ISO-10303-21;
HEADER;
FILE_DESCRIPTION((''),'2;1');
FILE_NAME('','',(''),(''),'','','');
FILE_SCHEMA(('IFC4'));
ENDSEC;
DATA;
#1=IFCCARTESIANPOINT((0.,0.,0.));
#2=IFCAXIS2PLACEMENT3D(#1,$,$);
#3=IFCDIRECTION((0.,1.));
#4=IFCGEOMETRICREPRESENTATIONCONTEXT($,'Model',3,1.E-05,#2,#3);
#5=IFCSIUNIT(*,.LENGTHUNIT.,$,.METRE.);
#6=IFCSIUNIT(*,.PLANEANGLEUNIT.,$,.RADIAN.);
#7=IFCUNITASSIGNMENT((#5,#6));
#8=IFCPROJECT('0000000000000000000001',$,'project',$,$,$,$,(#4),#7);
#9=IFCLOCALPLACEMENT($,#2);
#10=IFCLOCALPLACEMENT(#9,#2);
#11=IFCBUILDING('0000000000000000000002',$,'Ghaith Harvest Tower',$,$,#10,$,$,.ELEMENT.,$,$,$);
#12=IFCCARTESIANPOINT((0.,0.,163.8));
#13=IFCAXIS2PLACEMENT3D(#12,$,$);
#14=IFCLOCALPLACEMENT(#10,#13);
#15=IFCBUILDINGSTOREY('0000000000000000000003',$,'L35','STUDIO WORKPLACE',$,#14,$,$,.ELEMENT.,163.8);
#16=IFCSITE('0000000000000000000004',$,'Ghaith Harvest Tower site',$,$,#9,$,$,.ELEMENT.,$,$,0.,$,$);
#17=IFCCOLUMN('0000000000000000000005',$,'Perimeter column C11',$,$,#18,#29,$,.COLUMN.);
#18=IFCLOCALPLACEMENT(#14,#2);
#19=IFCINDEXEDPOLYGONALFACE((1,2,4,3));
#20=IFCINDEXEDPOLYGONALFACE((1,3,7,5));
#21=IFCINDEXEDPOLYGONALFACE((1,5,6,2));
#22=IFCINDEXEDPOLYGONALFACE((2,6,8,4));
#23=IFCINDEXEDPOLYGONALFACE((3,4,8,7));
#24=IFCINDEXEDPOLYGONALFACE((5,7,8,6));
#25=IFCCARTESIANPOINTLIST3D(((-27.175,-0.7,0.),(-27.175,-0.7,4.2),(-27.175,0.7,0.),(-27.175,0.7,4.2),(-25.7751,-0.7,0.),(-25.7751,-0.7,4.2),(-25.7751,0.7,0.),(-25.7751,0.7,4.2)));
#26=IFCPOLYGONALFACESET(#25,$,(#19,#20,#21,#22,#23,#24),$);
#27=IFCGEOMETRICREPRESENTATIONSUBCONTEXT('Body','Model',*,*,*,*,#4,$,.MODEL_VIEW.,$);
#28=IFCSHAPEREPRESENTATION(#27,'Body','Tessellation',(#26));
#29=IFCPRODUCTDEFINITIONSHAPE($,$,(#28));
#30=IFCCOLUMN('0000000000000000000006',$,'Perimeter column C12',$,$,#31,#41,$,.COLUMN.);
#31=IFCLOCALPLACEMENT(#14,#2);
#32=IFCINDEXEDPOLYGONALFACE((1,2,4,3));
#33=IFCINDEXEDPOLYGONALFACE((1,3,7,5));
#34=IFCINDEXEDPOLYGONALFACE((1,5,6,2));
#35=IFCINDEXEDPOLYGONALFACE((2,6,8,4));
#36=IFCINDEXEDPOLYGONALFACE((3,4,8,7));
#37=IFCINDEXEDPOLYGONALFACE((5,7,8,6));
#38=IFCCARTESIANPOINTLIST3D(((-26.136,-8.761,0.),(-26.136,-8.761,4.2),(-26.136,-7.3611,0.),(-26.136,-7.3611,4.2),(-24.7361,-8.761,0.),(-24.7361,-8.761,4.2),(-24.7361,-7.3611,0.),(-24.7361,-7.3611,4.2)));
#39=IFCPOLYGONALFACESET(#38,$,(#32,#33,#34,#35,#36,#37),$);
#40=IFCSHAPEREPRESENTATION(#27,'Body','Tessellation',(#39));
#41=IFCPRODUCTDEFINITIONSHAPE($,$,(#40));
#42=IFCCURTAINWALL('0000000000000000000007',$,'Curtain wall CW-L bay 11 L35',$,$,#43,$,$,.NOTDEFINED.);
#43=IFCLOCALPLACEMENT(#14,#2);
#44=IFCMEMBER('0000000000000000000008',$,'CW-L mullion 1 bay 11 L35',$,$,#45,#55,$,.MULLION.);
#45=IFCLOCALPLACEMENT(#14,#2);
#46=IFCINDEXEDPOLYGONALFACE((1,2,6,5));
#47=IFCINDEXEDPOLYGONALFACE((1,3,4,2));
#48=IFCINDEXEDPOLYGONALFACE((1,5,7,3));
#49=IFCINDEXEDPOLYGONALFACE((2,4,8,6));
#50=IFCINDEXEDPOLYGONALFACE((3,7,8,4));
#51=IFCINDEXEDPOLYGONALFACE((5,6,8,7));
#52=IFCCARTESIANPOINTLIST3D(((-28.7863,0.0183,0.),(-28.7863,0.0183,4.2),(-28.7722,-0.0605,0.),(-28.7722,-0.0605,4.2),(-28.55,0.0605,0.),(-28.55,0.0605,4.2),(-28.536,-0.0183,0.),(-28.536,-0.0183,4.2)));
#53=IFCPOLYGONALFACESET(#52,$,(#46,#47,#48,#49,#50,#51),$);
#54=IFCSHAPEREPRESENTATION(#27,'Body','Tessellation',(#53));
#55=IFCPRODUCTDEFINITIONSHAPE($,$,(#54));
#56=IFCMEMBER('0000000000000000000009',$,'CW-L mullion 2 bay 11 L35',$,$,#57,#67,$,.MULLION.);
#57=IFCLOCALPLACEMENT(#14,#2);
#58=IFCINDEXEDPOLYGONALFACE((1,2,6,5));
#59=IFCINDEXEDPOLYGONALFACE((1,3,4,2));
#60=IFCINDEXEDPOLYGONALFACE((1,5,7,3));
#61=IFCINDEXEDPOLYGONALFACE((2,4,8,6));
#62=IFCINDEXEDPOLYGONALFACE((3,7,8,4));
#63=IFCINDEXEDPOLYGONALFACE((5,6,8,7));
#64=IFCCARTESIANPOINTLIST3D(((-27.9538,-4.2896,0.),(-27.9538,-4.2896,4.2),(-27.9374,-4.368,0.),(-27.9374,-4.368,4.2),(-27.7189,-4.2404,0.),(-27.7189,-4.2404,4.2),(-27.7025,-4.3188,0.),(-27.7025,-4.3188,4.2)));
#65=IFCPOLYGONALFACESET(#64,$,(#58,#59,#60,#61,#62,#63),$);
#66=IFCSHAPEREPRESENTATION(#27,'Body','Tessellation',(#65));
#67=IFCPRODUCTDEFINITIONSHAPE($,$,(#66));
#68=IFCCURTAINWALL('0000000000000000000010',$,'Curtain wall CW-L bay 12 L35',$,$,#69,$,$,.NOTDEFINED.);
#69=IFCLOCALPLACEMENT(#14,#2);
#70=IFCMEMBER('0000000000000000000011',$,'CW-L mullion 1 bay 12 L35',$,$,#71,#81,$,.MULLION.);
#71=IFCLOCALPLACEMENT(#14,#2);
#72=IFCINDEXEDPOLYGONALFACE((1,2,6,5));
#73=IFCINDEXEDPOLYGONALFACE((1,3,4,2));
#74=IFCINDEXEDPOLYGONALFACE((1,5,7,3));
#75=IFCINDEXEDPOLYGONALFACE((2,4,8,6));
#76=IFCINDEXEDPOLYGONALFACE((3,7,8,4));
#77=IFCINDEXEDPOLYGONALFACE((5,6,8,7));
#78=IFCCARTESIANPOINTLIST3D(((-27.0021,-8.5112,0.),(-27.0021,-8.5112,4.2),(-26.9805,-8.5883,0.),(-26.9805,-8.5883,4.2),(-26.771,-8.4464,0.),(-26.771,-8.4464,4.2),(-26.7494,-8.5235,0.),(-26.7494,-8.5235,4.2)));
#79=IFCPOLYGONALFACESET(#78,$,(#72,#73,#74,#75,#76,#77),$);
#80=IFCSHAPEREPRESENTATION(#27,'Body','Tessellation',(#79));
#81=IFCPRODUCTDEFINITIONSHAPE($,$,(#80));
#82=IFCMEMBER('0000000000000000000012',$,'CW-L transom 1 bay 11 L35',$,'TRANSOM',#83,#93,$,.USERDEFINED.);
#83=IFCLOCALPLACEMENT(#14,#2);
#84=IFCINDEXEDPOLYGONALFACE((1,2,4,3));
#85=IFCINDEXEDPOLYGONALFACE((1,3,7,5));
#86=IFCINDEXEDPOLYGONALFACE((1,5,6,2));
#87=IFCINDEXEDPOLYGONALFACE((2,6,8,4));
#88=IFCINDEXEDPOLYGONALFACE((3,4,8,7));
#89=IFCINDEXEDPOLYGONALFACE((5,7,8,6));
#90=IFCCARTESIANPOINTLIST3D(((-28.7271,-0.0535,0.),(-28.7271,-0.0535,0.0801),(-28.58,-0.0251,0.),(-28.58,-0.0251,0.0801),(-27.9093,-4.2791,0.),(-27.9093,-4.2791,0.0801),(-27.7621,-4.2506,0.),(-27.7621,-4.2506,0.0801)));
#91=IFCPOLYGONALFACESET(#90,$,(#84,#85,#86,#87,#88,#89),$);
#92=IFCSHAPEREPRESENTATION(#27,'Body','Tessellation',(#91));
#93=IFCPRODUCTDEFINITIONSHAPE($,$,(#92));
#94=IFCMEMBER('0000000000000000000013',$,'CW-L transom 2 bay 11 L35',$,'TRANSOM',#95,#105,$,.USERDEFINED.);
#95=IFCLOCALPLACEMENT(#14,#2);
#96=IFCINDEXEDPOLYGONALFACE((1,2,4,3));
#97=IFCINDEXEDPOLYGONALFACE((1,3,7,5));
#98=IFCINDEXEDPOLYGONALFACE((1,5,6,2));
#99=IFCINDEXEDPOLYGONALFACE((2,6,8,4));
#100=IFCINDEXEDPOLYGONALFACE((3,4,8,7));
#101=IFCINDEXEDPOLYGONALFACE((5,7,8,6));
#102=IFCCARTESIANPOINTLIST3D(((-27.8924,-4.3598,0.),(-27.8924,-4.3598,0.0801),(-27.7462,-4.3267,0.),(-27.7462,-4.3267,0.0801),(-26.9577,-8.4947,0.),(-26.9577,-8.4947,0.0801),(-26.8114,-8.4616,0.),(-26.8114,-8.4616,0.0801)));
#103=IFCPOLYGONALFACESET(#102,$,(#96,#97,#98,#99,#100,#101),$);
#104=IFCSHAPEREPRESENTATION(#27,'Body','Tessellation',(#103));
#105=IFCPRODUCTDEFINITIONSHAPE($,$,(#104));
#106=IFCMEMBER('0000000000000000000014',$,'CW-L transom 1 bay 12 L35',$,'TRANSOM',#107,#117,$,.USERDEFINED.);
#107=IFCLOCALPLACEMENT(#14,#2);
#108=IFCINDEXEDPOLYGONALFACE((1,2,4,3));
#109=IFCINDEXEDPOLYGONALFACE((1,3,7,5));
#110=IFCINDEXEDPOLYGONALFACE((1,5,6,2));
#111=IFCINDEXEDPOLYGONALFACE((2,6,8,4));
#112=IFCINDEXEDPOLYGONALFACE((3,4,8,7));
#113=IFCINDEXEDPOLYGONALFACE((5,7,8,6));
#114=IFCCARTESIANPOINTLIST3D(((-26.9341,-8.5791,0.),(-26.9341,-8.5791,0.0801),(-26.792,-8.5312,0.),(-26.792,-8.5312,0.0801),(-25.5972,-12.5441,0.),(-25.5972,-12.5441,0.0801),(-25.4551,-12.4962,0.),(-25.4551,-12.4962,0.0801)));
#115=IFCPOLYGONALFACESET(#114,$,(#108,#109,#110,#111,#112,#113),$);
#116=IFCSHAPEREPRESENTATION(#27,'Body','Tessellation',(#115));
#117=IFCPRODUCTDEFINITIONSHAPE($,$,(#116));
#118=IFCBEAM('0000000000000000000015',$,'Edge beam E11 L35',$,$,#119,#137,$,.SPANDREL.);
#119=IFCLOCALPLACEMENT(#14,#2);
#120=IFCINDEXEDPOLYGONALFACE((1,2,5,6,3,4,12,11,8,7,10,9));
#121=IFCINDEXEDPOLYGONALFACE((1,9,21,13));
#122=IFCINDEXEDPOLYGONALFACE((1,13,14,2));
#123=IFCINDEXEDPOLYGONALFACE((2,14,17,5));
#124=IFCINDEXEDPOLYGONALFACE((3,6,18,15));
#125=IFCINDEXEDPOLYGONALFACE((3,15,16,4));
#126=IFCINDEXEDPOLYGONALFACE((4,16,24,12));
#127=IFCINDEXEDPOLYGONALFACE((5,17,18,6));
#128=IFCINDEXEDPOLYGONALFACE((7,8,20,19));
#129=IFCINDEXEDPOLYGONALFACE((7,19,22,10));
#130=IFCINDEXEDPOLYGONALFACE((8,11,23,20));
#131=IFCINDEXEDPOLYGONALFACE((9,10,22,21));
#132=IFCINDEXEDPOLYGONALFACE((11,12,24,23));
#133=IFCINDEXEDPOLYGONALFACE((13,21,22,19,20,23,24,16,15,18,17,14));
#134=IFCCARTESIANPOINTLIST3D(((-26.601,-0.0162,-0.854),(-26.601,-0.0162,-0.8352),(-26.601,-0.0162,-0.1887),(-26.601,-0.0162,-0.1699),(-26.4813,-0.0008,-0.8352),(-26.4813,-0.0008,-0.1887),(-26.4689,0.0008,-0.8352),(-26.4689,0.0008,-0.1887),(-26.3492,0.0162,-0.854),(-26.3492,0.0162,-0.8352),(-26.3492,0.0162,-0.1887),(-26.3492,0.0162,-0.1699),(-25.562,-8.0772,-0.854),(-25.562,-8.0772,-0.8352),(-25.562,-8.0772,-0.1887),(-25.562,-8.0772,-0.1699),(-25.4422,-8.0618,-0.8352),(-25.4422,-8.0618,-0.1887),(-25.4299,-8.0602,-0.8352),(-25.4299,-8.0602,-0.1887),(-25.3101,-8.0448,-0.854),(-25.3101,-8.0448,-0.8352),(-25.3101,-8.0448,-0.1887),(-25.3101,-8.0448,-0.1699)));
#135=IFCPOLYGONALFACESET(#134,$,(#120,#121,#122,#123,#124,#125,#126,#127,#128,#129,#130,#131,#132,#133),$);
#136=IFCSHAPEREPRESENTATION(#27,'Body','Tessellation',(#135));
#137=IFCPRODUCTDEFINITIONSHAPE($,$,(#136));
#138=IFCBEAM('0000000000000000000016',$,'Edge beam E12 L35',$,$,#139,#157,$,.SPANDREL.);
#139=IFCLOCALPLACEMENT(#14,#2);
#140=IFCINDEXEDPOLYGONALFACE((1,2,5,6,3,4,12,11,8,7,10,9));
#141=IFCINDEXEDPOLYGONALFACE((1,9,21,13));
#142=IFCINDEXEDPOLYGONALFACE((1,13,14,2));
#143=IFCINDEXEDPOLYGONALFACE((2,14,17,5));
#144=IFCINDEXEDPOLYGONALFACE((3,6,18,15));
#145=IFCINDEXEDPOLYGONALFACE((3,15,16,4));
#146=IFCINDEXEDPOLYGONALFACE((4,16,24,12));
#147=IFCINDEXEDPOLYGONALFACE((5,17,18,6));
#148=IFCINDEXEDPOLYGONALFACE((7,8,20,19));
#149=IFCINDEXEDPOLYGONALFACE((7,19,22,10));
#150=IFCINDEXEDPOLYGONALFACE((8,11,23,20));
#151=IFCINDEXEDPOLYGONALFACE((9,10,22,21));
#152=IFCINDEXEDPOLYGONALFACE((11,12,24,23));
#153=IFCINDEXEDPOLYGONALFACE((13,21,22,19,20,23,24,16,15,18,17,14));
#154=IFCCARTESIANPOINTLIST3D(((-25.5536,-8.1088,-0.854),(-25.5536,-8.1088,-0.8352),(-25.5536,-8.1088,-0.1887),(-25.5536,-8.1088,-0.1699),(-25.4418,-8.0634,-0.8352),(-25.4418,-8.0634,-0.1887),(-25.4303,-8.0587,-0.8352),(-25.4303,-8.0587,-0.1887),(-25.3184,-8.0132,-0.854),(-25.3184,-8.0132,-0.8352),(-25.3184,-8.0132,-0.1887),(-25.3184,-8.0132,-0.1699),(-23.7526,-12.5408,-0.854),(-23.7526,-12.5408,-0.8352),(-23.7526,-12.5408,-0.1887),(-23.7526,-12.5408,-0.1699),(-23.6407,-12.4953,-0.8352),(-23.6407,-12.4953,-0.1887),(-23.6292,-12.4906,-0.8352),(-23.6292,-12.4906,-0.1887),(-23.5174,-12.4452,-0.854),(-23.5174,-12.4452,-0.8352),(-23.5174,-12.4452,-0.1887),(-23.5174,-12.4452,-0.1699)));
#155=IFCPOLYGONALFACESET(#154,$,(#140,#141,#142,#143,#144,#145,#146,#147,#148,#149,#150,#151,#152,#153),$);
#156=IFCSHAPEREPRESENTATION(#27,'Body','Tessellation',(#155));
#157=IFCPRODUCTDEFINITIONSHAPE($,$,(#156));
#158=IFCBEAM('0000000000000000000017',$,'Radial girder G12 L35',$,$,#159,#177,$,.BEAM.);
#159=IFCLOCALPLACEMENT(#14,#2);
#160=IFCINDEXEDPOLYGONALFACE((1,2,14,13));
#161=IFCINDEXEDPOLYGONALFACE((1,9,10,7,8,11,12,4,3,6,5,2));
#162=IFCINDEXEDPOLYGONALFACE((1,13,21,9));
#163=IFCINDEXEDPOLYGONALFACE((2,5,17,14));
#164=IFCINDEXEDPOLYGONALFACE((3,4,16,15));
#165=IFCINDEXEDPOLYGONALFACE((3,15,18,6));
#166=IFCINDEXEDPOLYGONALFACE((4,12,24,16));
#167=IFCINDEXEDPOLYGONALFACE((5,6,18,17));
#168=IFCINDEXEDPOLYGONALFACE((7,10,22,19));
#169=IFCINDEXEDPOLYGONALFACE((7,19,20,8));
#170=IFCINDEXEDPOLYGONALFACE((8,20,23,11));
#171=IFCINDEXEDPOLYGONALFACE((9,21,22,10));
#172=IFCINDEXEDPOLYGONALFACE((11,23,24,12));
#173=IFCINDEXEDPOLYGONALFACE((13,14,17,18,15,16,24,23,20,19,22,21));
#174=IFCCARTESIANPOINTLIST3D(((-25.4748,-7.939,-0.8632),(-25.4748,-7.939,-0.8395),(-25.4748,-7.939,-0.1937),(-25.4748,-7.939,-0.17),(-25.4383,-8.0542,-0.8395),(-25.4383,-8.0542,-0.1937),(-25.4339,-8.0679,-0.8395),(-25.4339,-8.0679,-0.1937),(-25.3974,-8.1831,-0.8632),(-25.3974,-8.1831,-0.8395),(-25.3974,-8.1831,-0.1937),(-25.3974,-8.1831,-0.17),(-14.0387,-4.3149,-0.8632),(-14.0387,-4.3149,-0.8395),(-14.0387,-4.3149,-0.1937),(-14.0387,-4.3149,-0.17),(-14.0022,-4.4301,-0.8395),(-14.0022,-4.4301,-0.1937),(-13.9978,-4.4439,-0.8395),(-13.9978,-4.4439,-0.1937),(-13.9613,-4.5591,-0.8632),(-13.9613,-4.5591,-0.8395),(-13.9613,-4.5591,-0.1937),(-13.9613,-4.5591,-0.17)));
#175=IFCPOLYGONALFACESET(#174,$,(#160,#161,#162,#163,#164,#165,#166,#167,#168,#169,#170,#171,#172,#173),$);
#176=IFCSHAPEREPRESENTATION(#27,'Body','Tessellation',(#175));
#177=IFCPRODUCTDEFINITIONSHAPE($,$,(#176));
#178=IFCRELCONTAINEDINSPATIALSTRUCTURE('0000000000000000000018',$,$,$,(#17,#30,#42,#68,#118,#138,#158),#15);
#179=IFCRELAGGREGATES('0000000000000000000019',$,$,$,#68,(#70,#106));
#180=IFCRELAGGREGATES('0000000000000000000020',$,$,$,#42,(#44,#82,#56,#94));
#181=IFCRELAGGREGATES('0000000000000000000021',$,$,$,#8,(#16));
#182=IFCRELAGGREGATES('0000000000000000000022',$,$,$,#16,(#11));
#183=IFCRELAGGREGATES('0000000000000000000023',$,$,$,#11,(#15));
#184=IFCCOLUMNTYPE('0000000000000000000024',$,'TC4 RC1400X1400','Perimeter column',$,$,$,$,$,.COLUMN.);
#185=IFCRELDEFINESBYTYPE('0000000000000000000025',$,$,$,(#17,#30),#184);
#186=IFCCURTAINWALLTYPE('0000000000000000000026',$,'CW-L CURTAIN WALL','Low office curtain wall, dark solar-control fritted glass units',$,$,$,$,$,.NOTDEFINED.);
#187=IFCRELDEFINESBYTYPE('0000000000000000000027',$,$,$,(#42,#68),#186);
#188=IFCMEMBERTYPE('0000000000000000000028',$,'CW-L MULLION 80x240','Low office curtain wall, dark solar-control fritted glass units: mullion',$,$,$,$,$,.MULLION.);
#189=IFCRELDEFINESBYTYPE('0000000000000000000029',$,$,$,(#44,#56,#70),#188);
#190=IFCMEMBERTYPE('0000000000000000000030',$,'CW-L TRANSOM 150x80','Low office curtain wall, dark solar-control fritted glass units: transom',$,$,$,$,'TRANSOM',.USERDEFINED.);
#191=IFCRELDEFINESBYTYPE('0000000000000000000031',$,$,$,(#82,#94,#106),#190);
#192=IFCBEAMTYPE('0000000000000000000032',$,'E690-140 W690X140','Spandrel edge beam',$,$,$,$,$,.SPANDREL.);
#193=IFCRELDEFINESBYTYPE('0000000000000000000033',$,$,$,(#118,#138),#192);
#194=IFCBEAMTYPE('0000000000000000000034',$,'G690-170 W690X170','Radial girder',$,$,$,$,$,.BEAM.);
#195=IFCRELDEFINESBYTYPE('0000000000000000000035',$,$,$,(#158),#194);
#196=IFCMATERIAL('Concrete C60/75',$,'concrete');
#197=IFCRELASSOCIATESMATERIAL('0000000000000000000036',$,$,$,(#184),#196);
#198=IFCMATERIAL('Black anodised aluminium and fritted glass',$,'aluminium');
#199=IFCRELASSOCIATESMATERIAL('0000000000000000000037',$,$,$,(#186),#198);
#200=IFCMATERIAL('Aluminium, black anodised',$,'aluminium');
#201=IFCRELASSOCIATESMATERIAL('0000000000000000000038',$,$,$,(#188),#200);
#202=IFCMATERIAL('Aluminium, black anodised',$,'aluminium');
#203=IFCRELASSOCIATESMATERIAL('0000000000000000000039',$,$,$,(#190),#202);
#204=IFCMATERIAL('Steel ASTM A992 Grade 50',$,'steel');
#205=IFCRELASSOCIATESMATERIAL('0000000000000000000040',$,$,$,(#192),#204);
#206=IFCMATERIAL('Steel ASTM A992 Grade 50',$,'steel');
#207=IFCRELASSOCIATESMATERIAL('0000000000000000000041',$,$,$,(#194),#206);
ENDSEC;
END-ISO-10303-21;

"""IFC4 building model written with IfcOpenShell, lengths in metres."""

from ifc_helpers import new_model, si_unit, direction, frame, origin, origin_2d, place, context, subcontext, project, spatial, rectangle, i_section, extrude, material, material_profile, profile_set, type_object, element, aggregate, save


model = new_model("IFC4")

# Units and contexts
model_context = context("Model", 3, precision=1e-05, world=origin(), true_north=direction((0.0, 1.0)))
body_context = subcontext(model_context, "Body", "Model", "MODEL_VIEW")
ifc_project = project(units=[si_unit("LENGTHUNIT", "METRE"), si_unit("PLANEANGLEUNIT", "RADIAN")], contexts=[model_context])

# Site, building, storey
site_placement = place(None, origin())
site = spatial("IfcSite", under=ifc_project, at=site_placement, Name="Ghaith Harvest Tower site", CompositionType="ELEMENT", RefElevation=0.0)
building_placement = place(site_placement, origin())
building = spatial("IfcBuilding", under=site, at=building_placement, Name="Ghaith Harvest Tower", CompositionType="ELEMENT")
storey_placement = place(building_placement, frame((0.0, 0.0, 163.8)))
storey = spatial("IfcBuildingStorey", under=building, at=storey_placement, Name="L35", Description="STUDIO WORKPLACE", CompositionType="ELEMENT", Elevation=163.8)

# Columns
ifc_material_1 = material(Name="Concrete C60/75", Category="concrete")
ifc_material_profile_1 = material_profile(ifc_material_1, rectangle(XDim=1.3999, YDim=1.3999, at=origin_2d()), Name="RC1400X1400")
ifc_profile_set_1 = profile_set([ifc_material_profile_1], Name="Concrete C60/75")
column_type = type_object("IfcColumnType", Name="TC4 RC1400X1400", Description="Perimeter column", PredefinedType="COLUMN", material=ifc_profile_set_1)
for number, where, z_axis, x_axis, name in (
    (1, (-26.4751, 0.0, 0.0), (0.0, 0.0, 1.0), (1.0, 0.0, 0.0), "Perimeter column C11"),
    (2, (-25.436, -8.061, 0.0), (0.0, 0.0, 1.0), (1.0, 0.0, 0.0), "Perimeter column C12"),
):
    element("IfcColumn", number, at=place(storey_placement, frame(where, z_axis=z_axis, x_axis=x_axis)), inside=storey, type_object=column_type, Name=name, PredefinedType="COLUMN", context=body_context, shape_type="SweptSolid", body=[
        extrude(rectangle(XDim=1.3999, YDim=1.3999, at=origin_2d()), origin(), (0.0, 0.0, 1.0), 4.2),
    ])

# Curtain wall, members
ifc_material_2 = material(Name="Black anodised aluminium and fritted glass", Category="aluminium")
curtain_wall_type = type_object("IfcCurtainWallType", Name="CW-L CURTAIN WALL", Description="Low office curtain wall, dark solar-control fritted glass units", PredefinedType="NOTDEFINED", material=ifc_material_2)
curtain_wall_1_placement = place(storey_placement, origin())
curtain_wall_1 = element("IfcCurtainWall", 3, at=curtain_wall_1_placement, inside=storey, type_object=curtain_wall_type, Name="Curtain wall CW-L bay 11 L35", PredefinedType="NOTDEFINED")
ifc_material_3 = material(Name="Aluminium, black anodised", Category="aluminium")
ifc_material_profile_2 = material_profile(ifc_material_3, rectangle(XDim=0.0801, YDim=0.24, at=origin_2d()), Name="CW-L MULLION 80x240")
ifc_profile_set_2 = profile_set([ifc_material_profile_2], Name="Aluminium, black anodised")
member_type_1 = type_object("IfcMemberType", Name="CW-L MULLION 80x240", Description="Low office curtain wall, dark solar-control fritted glass units: mullion", PredefinedType="MULLION", material=ifc_profile_set_2)
member_1_placement = place(storey_placement, frame((-28.6611, 0.0, 0.0), z_axis=(0.0, 0.0, 1.0), x_axis=(0.175827, -0.984421, 0.0)))
member_1 = element("IfcMember", 4, at=member_1_placement, type_object=member_type_1, Name="CW-L mullion 1 bay 11 L35", PredefinedType="MULLION", context=body_context, shape_type="SweptSolid", body=[
    extrude(rectangle(XDim=0.0801, YDim=0.24, at=origin_2d()), origin(), (0.0, 0.0, 1.0), 4.2),
])
member_2_placement = place(storey_placement, frame((-27.8281, -4.3042, 0.0), z_axis=(0.0, 0.0, 1.0), x_axis=(0.205176, -0.978725, 0.0)))
member_2 = element("IfcMember", 5, at=member_2_placement, type_object=member_type_1, Name="CW-L mullion 2 bay 11 L35", PredefinedType="MULLION", context=body_context, shape_type="SweptSolid", body=[
    extrude(rectangle(XDim=0.0801, YDim=0.24, at=origin_2d()), origin(), (0.0, 0.0, 1.0), 4.2),
])

# Curtain wall, member
curtain_wall_2_placement = place(storey_placement, origin())
curtain_wall_2 = element("IfcCurtainWall", 6, at=curtain_wall_2_placement, inside=storey, type_object=curtain_wall_type, Name="Curtain wall CW-L bay 12 L35", PredefinedType="NOTDEFINED")
member_3_placement = place(storey_placement, frame((-26.8757, -8.5173, 0.0), z_axis=(0.0, 0.0, 1.0), x_axis=(0.270019, -0.962855, 0.0)))
member_3 = element("IfcMember", 7, at=member_3_placement, type_object=member_type_1, Name="CW-L mullion 1 bay 12 L35", PredefinedType="MULLION", context=body_context, shape_type="SweptSolid", body=[
    extrude(rectangle(XDim=0.0801, YDim=0.24, at=origin_2d()), origin(), (0.0, 0.0, 1.0), 4.2),
])

# Members
ifc_material_4 = material(Name="Aluminium, black anodised", Category="aluminium")
ifc_material_profile_3 = material_profile(ifc_material_4, rectangle(XDim=0.1499, YDim=0.0801, at=origin_2d()), Name="CW-L TRANSOM 150x80")
ifc_profile_set_3 = profile_set([ifc_material_profile_3], Name="Aluminium, black anodised")
member_type_2 = type_object("IfcMemberType", Name="CW-L TRANSOM 150x80", Description="Low office curtain wall, dark solar-control fritted glass units: transom", ElementType="TRANSOM", PredefinedType="USERDEFINED", material=ifc_profile_set_3)
member_4_placement = place(storey_placement, frame((-28.6536, -0.0393, 0.04), z_axis=(0.190025, -0.981779, 0.0), x_axis=(0.981779, 0.190025, 0.0)))
member_4 = element("IfcMember", 8, at=member_4_placement, type_object=member_type_2, Name="CW-L transom 1 bay 11 L35", ObjectType="TRANSOM", PredefinedType="USERDEFINED", context=body_context, shape_type="SweptSolid", body=[
    extrude(rectangle(XDim=0.1499, YDim=0.0801, at=origin_2d()), origin(), (0.0, 0.0, 1.0), 4.304),
])
member_5_placement = place(storey_placement, frame((-27.8193, -4.3433, 0.04), z_axis=(0.220508, -0.975385, 0.0), x_axis=(0.975385, 0.220508, 0.0)))
member_5 = element("IfcMember", 9, at=member_5_placement, type_object=member_type_2, Name="CW-L transom 2 bay 11 L35", ObjectType="TRANSOM", PredefinedType="USERDEFINED", context=body_context, shape_type="SweptSolid", body=[
    extrude(rectangle(XDim=0.1499, YDim=0.0801, at=origin_2d()), origin(), (0.0, 0.0, 1.0), 4.2393),
])
member_6_placement = place(storey_placement, frame((-26.863, -8.5552, 0.04), z_axis=(0.319499, -0.947587, 0.0), x_axis=(0.947587, 0.319499, 0.0)))
member_6 = element("IfcMember", 10, at=member_6_placement, type_object=member_type_2, Name="CW-L transom 1 bay 12 L35", ObjectType="TRANSOM", PredefinedType="USERDEFINED", context=body_context, shape_type="SweptSolid", body=[
    extrude(rectangle(XDim=0.1499, YDim=0.0801, at=origin_2d()), origin(), (0.0, 0.0, 1.0), 4.1843),
])
aggregate(curtain_wall_2, [member_3, member_6])

# Beams
ifc_material_5 = material(Name="Steel ASTM A992 Grade 50", Category="steel")
ifc_material_profile_4 = material_profile(ifc_material_5, i_section(OverallWidth=0.2539, OverallDepth=0.6841, WebThickness=0.0125, FlangeThickness=0.0188, at=origin_2d()), Name="W690X140")
ifc_profile_set_4 = profile_set([ifc_material_profile_4], Name="Steel ASTM A992 Grade 50")
beam_type_1 = type_object("IfcBeamType", Name="E690-140 W690X140", Description="Spandrel edge beam", PredefinedType="SPANDREL", material=ifc_profile_set_4)
beam_1_placement = place(storey_placement, frame((-26.4751, 0.0, -0.512), z_axis=(0.127842, -0.991795, 0.0), x_axis=(0.991795, 0.127842, 0.0)))
element("IfcBeam", 11, at=beam_1_placement, inside=storey, type_object=beam_type_1, Name="Edge beam E11 L35", PredefinedType="SPANDREL", context=body_context, shape_type="SweptSolid", body=[
    extrude(i_section(OverallWidth=0.2539, OverallDepth=0.6841, WebThickness=0.0125, FlangeThickness=0.0188, at=origin_2d()), origin(), (0.0, 0.0, 1.0), 8.1277),
])
beam_2_placement = place(storey_placement, frame((-25.436, -8.061, -0.512), z_axis=(0.37648, -0.926425, 0.0), x_axis=(0.926425, 0.37648, 0.0)))
element("IfcBeam", 12, at=beam_2_placement, inside=storey, type_object=beam_type_1, Name="Edge beam E12 L35", PredefinedType="SPANDREL", context=body_context, shape_type="SweptSolid", body=[
    extrude(i_section(OverallWidth=0.2539, OverallDepth=0.6841, WebThickness=0.0125, FlangeThickness=0.0188, at=origin_2d()), origin(), (0.0, 0.0, 1.0), 4.7839),
])
ifc_material_6 = material(Name="Steel ASTM A992 Grade 50", Category="steel")
ifc_material_profile_5 = material_profile(ifc_material_6, i_section(OverallWidth=0.2561, OverallDepth=0.6931, WebThickness=0.0144, FlangeThickness=0.0237, at=origin_2d()), Name="W690X170")
ifc_profile_set_5 = profile_set([ifc_material_profile_5], Name="Steel ASTM A992 Grade 50")
beam_type_2 = type_object("IfcBeamType", Name="G690-170 W690X170", Description="Radial girder", PredefinedType="BEAM", material=ifc_profile_set_5)
beam_3_placement = place(storey_placement, frame((-14.0, -4.437, -0.5166), z_axis=(-0.95328, -0.30209, 0.0), x_axis=(0.30209, -0.95328, 0.0)))
element("IfcBeam", 13, at=beam_3_placement, inside=storey, type_object=beam_type_2, Name="Radial girder G12 L35", PredefinedType="BEAM", context=body_context, shape_type="SweptSolid", body=[
    extrude(i_section(OverallWidth=0.2561, OverallDepth=0.6931, WebThickness=0.0144, FlangeThickness=0.0237, at=origin_2d()), origin(), (0.0, 0.0, 1.0), 11.9966),
])

aggregate(curtain_wall_1, [member_1, member_4, member_2, member_5])

save(model, "model.ifc")
